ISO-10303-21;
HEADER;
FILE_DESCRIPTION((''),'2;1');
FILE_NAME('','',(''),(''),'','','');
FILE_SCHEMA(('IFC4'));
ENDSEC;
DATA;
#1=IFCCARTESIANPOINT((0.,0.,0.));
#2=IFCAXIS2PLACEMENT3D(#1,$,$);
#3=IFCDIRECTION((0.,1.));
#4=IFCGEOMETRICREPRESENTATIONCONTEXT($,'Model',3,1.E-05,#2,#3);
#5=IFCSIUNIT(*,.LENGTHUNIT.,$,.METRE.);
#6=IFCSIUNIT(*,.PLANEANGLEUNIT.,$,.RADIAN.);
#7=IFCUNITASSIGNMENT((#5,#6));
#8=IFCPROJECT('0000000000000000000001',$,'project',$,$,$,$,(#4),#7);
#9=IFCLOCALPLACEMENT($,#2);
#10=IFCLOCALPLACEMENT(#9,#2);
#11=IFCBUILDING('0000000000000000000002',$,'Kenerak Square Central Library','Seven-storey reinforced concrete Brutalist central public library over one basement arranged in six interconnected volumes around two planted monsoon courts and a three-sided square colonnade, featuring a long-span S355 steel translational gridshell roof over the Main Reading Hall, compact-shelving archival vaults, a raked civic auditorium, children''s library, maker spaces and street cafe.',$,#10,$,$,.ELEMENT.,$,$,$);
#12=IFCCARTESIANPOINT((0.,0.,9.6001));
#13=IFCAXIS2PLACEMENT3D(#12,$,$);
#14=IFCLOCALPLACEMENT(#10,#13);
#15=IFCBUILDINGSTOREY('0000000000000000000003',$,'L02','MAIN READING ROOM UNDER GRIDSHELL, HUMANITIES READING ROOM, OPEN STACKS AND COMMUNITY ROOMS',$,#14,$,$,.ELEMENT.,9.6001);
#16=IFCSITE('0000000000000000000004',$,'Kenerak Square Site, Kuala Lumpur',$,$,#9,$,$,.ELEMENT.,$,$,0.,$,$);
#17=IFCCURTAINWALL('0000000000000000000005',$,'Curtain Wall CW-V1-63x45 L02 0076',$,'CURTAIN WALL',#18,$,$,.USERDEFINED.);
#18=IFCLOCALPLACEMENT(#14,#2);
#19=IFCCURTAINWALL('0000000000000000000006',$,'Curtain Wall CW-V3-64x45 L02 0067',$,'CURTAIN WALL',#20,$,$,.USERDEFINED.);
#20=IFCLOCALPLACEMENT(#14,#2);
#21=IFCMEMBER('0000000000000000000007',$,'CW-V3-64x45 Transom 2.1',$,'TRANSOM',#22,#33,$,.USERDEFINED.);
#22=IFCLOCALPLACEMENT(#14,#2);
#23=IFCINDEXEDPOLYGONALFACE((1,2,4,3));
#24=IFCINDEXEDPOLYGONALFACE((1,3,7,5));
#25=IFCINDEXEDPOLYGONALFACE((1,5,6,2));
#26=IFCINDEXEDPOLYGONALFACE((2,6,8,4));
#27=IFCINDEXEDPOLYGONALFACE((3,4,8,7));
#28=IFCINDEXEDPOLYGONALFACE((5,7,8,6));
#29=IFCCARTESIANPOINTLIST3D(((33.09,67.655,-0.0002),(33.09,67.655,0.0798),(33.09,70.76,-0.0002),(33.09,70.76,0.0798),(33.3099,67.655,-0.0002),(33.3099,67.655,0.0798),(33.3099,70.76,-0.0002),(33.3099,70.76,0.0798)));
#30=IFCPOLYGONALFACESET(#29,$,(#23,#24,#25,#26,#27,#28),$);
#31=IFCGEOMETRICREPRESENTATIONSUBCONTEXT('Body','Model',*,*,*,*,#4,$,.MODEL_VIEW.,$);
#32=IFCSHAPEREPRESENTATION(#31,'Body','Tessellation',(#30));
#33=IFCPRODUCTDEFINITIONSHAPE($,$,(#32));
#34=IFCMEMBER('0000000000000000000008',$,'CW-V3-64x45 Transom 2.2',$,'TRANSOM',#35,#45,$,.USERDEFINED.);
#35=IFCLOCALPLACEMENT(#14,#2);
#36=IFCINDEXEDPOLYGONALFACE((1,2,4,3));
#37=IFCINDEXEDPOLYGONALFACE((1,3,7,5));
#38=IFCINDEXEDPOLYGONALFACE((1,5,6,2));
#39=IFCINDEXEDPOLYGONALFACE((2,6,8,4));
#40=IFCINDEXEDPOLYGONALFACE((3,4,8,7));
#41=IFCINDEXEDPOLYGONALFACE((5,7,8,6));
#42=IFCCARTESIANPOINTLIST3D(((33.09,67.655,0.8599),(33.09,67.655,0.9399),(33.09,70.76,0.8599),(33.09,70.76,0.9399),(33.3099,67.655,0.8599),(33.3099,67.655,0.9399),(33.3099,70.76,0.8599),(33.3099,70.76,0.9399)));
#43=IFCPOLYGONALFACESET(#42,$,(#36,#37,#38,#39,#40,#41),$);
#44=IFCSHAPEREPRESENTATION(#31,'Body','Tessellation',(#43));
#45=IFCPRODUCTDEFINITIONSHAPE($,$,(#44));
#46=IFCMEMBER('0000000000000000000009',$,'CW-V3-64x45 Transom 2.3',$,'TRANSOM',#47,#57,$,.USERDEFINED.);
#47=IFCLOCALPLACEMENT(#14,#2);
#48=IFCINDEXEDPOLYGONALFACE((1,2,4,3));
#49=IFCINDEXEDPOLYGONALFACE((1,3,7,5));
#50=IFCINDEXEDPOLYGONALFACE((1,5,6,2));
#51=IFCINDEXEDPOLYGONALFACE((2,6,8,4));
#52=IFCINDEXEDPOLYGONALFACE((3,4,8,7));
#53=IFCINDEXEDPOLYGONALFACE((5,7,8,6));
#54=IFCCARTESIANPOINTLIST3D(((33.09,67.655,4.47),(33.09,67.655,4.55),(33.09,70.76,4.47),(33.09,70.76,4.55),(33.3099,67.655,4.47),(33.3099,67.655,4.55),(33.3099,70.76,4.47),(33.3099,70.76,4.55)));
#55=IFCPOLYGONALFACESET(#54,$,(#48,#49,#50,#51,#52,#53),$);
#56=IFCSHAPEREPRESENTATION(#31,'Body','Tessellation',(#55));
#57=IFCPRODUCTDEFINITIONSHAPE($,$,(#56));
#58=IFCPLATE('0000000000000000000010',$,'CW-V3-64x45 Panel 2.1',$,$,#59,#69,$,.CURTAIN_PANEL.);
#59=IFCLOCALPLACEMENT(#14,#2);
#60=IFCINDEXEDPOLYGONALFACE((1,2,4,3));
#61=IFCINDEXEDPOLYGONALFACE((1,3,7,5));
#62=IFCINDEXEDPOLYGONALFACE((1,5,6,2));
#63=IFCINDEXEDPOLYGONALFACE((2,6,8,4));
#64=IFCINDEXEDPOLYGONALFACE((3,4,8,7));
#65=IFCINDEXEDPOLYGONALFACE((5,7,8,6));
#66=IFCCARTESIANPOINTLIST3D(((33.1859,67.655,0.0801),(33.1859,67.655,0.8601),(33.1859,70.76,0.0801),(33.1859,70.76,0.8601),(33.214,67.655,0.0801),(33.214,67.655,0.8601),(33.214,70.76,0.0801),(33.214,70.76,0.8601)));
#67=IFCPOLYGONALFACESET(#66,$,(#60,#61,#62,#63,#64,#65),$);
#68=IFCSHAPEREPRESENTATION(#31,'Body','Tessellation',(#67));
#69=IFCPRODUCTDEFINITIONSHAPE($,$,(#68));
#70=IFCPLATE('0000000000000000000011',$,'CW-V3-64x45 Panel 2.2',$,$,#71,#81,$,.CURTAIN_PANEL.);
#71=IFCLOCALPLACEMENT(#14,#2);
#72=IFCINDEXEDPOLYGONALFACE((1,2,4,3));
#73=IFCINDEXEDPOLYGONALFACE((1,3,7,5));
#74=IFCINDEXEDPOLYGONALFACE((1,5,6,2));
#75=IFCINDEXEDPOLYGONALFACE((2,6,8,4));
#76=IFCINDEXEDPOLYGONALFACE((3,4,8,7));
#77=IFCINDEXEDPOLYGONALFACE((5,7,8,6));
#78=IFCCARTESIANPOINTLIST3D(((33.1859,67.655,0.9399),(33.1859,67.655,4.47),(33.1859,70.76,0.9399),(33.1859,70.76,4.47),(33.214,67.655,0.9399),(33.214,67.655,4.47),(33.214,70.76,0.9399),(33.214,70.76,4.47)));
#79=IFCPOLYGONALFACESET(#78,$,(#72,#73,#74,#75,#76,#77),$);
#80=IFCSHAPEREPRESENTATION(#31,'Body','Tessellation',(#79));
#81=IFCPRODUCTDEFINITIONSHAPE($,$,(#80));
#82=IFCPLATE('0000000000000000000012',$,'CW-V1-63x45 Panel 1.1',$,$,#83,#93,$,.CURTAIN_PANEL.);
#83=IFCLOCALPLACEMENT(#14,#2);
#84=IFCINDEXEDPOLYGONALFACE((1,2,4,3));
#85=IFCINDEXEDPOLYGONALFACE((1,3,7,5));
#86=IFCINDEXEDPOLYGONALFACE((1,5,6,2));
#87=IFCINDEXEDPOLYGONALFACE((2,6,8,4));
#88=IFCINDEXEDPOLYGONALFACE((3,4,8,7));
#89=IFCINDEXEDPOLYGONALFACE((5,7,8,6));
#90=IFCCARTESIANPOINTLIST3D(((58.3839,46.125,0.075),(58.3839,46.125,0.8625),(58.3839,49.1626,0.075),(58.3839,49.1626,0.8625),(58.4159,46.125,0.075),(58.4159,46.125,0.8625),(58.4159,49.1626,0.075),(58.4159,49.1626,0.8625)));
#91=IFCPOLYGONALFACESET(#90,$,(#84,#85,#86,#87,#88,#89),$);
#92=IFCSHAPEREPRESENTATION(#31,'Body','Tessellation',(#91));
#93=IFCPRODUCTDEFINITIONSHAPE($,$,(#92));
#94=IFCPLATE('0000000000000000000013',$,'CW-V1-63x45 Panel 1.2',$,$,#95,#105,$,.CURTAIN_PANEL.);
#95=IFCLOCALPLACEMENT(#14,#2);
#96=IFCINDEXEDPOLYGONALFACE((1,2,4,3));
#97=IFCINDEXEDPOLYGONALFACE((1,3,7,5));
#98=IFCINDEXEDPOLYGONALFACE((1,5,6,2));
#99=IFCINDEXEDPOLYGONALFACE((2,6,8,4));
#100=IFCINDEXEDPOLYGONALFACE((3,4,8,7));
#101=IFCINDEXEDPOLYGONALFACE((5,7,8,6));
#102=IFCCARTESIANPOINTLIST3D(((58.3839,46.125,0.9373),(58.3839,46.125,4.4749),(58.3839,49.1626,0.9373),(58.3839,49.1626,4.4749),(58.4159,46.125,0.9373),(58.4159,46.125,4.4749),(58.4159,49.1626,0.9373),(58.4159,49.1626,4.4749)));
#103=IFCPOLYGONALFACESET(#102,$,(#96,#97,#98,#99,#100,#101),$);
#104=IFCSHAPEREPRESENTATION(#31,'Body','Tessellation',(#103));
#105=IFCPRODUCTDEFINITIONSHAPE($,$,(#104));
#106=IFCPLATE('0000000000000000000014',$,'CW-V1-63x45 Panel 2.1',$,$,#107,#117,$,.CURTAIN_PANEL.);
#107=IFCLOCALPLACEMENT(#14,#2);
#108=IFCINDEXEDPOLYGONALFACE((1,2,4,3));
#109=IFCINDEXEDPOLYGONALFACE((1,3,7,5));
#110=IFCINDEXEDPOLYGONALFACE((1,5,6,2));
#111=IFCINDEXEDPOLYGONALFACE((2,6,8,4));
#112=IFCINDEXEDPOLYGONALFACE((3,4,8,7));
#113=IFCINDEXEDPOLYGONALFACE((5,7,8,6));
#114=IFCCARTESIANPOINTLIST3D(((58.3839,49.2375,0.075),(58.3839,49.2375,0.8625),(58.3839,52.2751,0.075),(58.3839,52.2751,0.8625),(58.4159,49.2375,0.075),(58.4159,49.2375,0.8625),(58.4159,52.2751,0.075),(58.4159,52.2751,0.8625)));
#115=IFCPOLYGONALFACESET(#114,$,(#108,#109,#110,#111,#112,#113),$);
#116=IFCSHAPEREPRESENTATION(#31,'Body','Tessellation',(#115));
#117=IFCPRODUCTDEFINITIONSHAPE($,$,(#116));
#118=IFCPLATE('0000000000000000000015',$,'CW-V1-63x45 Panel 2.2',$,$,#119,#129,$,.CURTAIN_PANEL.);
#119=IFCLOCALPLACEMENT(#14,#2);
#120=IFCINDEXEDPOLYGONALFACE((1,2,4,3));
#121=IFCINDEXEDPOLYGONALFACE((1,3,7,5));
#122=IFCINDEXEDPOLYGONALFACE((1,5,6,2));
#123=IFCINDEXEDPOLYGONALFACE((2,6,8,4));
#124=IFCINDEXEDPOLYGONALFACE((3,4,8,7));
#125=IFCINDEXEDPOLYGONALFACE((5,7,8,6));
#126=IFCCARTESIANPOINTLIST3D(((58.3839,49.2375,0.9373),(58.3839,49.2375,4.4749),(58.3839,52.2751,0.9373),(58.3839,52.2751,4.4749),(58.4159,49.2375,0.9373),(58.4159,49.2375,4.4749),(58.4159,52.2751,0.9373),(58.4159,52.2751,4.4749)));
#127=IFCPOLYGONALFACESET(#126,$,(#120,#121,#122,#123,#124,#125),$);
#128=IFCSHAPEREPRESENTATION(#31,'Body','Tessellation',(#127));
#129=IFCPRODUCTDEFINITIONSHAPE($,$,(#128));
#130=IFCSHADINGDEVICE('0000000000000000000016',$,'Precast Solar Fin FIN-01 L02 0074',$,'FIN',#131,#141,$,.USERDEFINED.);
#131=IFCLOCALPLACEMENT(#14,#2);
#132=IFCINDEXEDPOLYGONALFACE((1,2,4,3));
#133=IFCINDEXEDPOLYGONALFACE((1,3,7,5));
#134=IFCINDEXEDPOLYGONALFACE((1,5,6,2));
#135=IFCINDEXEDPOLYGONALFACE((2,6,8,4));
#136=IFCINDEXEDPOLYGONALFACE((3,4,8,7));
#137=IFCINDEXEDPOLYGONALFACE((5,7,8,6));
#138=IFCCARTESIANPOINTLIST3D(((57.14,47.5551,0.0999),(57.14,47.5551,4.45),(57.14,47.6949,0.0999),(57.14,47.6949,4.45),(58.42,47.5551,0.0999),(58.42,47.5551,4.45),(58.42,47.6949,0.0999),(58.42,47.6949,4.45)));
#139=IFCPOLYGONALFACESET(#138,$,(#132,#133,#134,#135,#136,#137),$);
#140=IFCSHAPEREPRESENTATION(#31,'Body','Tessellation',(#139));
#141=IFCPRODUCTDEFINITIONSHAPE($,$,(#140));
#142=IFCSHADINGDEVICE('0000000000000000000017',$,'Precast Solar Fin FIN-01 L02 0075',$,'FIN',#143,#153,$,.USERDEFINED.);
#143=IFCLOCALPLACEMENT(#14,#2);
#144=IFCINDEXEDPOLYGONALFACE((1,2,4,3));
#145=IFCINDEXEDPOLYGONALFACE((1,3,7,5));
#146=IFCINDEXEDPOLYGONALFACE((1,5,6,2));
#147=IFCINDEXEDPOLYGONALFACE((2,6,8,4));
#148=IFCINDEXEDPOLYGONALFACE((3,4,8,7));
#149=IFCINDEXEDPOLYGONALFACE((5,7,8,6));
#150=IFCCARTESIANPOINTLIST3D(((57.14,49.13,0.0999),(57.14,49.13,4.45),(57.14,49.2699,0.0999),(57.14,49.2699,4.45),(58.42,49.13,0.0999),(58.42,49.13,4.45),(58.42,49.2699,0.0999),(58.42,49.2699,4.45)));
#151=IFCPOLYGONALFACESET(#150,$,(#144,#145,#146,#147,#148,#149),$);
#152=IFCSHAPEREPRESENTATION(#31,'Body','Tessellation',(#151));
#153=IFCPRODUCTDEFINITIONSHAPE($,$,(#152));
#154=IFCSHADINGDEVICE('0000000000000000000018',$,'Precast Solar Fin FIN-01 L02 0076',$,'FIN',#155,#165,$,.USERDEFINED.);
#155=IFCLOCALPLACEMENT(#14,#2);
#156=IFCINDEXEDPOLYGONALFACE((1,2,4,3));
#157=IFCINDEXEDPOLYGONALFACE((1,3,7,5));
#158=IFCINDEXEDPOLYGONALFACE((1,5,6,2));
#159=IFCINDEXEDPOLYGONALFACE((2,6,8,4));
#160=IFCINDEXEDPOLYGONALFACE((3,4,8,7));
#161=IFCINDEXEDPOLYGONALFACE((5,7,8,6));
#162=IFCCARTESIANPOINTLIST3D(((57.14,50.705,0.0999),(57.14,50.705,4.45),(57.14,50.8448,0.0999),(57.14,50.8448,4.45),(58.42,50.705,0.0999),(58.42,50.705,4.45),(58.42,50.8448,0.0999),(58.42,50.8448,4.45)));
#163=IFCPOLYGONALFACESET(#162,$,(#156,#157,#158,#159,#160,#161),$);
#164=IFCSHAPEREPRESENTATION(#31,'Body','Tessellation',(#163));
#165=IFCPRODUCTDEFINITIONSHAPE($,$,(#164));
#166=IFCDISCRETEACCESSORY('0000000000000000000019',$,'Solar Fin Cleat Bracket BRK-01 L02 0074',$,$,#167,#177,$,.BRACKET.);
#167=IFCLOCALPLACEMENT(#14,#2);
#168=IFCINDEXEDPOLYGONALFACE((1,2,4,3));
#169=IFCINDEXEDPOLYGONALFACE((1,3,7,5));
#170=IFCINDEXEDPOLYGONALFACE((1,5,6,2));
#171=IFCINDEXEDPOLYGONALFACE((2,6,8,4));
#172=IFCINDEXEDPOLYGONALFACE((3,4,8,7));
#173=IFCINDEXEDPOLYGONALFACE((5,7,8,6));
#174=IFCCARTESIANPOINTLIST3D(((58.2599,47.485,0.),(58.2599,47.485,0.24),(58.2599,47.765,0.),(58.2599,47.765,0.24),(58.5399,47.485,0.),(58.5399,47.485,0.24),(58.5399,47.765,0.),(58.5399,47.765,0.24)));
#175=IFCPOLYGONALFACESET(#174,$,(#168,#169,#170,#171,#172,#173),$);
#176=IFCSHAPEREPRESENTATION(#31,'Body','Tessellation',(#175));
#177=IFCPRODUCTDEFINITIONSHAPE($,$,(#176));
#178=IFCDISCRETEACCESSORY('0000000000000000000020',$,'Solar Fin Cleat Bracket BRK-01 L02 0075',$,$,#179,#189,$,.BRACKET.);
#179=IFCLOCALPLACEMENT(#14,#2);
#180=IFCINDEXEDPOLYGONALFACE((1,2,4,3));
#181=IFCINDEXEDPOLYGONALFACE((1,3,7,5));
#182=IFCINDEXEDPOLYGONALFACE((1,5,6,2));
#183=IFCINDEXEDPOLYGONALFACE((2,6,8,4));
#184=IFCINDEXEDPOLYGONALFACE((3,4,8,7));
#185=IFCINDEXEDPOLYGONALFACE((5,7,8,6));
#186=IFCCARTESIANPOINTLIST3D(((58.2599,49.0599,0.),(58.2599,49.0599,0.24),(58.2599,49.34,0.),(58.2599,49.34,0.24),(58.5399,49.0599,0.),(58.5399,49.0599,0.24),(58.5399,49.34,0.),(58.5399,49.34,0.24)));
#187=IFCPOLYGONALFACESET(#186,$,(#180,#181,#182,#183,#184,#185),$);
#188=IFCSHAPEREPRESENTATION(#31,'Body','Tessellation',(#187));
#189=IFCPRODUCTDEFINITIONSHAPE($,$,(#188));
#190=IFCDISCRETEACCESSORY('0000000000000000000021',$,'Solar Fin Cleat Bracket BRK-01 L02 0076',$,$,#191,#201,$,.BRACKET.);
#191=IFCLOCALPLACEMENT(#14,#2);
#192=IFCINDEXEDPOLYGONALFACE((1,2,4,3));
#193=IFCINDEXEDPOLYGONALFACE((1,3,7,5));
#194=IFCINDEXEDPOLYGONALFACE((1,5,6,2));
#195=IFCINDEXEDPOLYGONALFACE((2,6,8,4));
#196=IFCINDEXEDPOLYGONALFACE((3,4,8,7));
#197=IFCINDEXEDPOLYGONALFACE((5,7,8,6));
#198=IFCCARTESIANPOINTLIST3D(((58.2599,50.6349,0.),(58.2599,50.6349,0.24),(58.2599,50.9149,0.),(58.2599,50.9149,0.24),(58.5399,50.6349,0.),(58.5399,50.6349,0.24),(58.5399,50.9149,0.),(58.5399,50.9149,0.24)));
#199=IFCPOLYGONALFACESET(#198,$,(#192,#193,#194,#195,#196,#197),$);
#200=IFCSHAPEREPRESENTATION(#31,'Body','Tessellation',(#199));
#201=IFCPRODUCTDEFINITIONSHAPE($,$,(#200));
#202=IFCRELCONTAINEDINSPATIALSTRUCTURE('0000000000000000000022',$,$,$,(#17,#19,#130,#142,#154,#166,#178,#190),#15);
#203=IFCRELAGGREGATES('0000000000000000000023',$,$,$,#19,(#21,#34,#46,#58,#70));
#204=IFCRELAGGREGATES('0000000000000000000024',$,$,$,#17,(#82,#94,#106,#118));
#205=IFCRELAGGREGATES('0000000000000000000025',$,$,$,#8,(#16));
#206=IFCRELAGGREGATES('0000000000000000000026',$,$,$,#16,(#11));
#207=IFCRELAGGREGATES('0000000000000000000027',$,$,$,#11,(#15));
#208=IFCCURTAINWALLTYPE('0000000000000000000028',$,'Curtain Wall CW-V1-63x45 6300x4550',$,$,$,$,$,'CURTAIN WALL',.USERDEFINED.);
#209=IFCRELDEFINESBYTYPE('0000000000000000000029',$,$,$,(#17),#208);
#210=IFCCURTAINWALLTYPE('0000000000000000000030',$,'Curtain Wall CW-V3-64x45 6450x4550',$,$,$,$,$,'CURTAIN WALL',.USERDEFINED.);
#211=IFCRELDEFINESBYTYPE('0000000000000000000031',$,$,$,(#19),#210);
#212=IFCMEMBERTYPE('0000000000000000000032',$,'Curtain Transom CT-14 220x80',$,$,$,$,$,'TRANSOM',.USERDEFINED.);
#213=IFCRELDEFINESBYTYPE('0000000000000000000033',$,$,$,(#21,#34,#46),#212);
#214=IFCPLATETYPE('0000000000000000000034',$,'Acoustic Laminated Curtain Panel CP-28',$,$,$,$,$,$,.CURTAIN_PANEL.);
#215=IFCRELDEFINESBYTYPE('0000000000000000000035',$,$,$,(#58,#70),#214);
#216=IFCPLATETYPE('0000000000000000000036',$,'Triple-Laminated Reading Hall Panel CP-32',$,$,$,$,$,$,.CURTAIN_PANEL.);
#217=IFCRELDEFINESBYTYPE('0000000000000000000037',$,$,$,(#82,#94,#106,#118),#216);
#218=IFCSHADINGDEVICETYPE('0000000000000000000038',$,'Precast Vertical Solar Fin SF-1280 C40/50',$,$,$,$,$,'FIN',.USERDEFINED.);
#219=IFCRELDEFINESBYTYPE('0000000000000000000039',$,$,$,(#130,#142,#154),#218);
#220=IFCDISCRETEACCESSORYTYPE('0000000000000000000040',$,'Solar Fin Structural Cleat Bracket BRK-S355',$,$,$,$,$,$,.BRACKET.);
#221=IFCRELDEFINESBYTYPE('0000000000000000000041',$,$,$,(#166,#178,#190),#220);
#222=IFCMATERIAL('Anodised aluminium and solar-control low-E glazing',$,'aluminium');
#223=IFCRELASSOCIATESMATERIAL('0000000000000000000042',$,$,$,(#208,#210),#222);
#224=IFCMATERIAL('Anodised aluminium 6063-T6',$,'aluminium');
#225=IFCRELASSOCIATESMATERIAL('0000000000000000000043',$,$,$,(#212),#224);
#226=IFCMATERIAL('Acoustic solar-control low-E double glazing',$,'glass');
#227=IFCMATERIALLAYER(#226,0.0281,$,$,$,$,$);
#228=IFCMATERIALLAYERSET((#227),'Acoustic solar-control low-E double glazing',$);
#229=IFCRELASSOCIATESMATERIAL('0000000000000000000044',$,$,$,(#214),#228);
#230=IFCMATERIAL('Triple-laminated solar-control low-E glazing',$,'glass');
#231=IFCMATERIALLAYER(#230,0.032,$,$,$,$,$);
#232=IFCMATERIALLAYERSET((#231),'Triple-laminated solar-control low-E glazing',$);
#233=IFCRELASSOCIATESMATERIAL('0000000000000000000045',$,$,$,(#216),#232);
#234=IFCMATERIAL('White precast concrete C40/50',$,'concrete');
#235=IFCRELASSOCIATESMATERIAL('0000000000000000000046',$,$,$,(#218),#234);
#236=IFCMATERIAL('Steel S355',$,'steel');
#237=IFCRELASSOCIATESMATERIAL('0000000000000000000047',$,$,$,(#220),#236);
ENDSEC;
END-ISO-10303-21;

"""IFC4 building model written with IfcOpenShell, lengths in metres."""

from ifc_helpers import new_model, si_unit, direction, frame, origin, origin_2d, place, context, subcontext, project, spatial, rectangle, extrude, material, layer, layer_set, material_profile, profile_set, type_object, element, aggregate, save


model = new_model("IFC4")

# Units and contexts
model_context = context("Model", 3, precision=1e-05, world=origin(), true_north=direction((0.0, 1.0)))
body_context = subcontext(model_context, "Body", "Model", "MODEL_VIEW")
ifc_project = project(units=[si_unit("LENGTHUNIT", "METRE"), si_unit("PLANEANGLEUNIT", "RADIAN")], contexts=[model_context])

# Site, building, storey
site_placement = place(None, origin())
site = spatial("IfcSite", under=ifc_project, at=site_placement, Name="Kenerak Square Site, Kuala Lumpur", CompositionType="ELEMENT", RefElevation=0.0)
building_placement = place(site_placement, origin())
building = spatial("IfcBuilding", under=site, at=building_placement, Name="Kenerak Square Central Library", Description="Seven-storey reinforced concrete Brutalist central public library over one basement arranged in six interconnected volumes around two planted monsoon courts and a three-sided square colonnade, featuring a long-span S355 steel translational gridshell roof over the Main Reading Hall, compact-shelving archival vaults, a raked civic auditorium, children's library, maker spaces and street cafe.", CompositionType="ELEMENT")
storey_placement = place(building_placement, frame((0.0, 0.0, 9.6001)))
storey = spatial("IfcBuildingStorey", under=building, at=storey_placement, Name="L02", Description="MAIN READING ROOM UNDER GRIDSHELL, HUMANITIES READING ROOM, OPEN STACKS AND COMMUNITY ROOMS", CompositionType="ELEMENT", Elevation=9.6001)

# Curtain wall
ifc_material_1 = material(Name="Anodised aluminium and solar-control low-E glazing", Category="aluminium")
curtain_wall_type_1 = type_object("IfcCurtainWallType", Name="Curtain Wall CW-V1-63x45 6300x4550", ElementType="CURTAIN WALL", PredefinedType="USERDEFINED", material=ifc_material_1)
curtain_wall_1_placement = place(storey_placement, origin())
curtain_wall_1 = element("IfcCurtainWall", 1, at=curtain_wall_1_placement, inside=storey, type_object=curtain_wall_type_1, Name="Curtain Wall CW-V1-63x45 L02 0076", ObjectType="CURTAIN WALL", PredefinedType="USERDEFINED")
ifc_material_2 = material(Name="Anodised aluminium 6063-T6", Category="aluminium")

# Curtain wall
curtain_wall_type_2 = type_object("IfcCurtainWallType", Name="Curtain Wall CW-V3-64x45 6450x4550", ElementType="CURTAIN WALL", PredefinedType="USERDEFINED", material=ifc_material_1)
curtain_wall_2_placement = place(storey_placement, origin())
curtain_wall_2 = element("IfcCurtainWall", 2, at=curtain_wall_2_placement, inside=storey, type_object=curtain_wall_type_2, Name="Curtain Wall CW-V3-64x45 L02 0067", ObjectType="CURTAIN WALL", PredefinedType="USERDEFINED")

# Members
ifc_material_profile_1 = material_profile(ifc_material_2, rectangle(XDim=0.22, YDim=0.0801, at=origin_2d()), Name="AL TRANSOM 220x80")
ifc_profile_set_1 = profile_set([ifc_material_profile_1], Name="Anodised aluminium 6063-T6")
member_type_1 = type_object("IfcMemberType", Name="Curtain Transom CT-14 220x80", ElementType="TRANSOM", PredefinedType="USERDEFINED", material=ifc_profile_set_1)
member_1_placement = place(storey_placement, frame((33.2, 70.76, 0.0398), z_axis=(0.0, -1.0, 0.0), x_axis=(1.0, 0.0, 0.0)))
member_1 = element("IfcMember", 3, at=member_1_placement, type_object=member_type_1, Name="CW-V3-64x45 Transom 2.1", ObjectType="TRANSOM", PredefinedType="USERDEFINED", context=body_context, shape_type="SweptSolid", body=[
    extrude(rectangle(XDim=0.22, YDim=0.0801, at=origin_2d()), origin(), (0.0, 0.0, 1.0), 3.105),
])
member_2_placement = place(storey_placement, frame((33.2, 70.76, 0.8999), z_axis=(0.0, -1.0, 0.0), x_axis=(1.0, 0.0, 0.0)))
member_2 = element("IfcMember", 4, at=member_2_placement, type_object=member_type_1, Name="CW-V3-64x45 Transom 2.2", ObjectType="TRANSOM", PredefinedType="USERDEFINED", context=body_context, shape_type="SweptSolid", body=[
    extrude(rectangle(XDim=0.22, YDim=0.0801, at=origin_2d()), origin(), (0.0, 0.0, 1.0), 3.105),
])
member_3_placement = place(storey_placement, frame((33.2, 70.76, 4.51), z_axis=(0.0, -1.0, 0.0), x_axis=(1.0, 0.0, 0.0)))
member_3 = element("IfcMember", 5, at=member_3_placement, type_object=member_type_1, Name="CW-V3-64x45 Transom 2.3", ObjectType="TRANSOM", PredefinedType="USERDEFINED", context=body_context, shape_type="SweptSolid", body=[
    extrude(rectangle(XDim=0.22, YDim=0.0801, at=origin_2d()), origin(), (0.0, 0.0, 1.0), 3.105),
])

# Plates
ifc_material_3 = material(Name="Acoustic solar-control low-E double glazing", Category="glass")
ifc_layer_1 = layer(ifc_material_3, 0.0281)
ifc_layer_set_1 = layer_set([ifc_layer_1], Name="Acoustic solar-control low-E double glazing")
plate_type_1 = type_object("IfcPlateType", Name="Acoustic Laminated Curtain Panel CP-28", PredefinedType="CURTAIN_PANEL", material=ifc_layer_set_1)
plate_1_placement = place(storey_placement, frame((33.2, 69.2075, 0.0801), z_axis=(0.0, 0.0, 1.0), x_axis=(0.0, -1.0, 0.0)))
plate_1 = element("IfcPlate", 6, at=plate_1_placement, type_object=plate_type_1, Name="CW-V3-64x45 Panel 2.1", PredefinedType="CURTAIN_PANEL", context=body_context, shape_type="SweptSolid", body=[
    extrude(rectangle(XDim=3.105, YDim=0.0281, at=origin_2d()), origin(), (0.0, 0.0, 1.0), 0.78),
])
plate_2_placement = place(storey_placement, frame((33.2, 69.2075, 0.9399), z_axis=(0.0, 0.0, 1.0), x_axis=(0.0, -1.0, 0.0)))
plate_2 = element("IfcPlate", 7, at=plate_2_placement, type_object=plate_type_1, Name="CW-V3-64x45 Panel 2.2", PredefinedType="CURTAIN_PANEL", context=body_context, shape_type="SweptSolid", body=[
    extrude(rectangle(XDim=3.105, YDim=0.0281, at=origin_2d()), origin(), (0.0, 0.0, 1.0), 3.53),
])
aggregate(curtain_wall_2, [member_1, member_2, member_3, plate_1, plate_2])
ifc_material_4 = material(Name="Triple-laminated solar-control low-E glazing", Category="glass")
ifc_layer_2 = layer(ifc_material_4, 0.032)
ifc_layer_set_2 = layer_set([ifc_layer_2], Name="Triple-laminated solar-control low-E glazing")
plate_type_2 = type_object("IfcPlateType", Name="Triple-Laminated Reading Hall Panel CP-32", PredefinedType="CURTAIN_PANEL", material=ifc_layer_set_2)
plate_3_placement = place(storey_placement, frame((58.3999, 47.6438, 0.075), z_axis=(0.0, 0.0, 1.0), x_axis=(0.0, 1.0, 0.0)))
plate_3 = element("IfcPlate", 8, at=plate_3_placement, type_object=plate_type_2, Name="CW-V1-63x45 Panel 1.1", PredefinedType="CURTAIN_PANEL", context=body_context, shape_type="SweptSolid", body=[
    extrude(rectangle(XDim=3.0376, YDim=0.032, at=origin_2d()), origin(), (0.0, 0.0, 1.0), 0.7876),
])
plate_4_placement = place(storey_placement, frame((58.3999, 47.6438, 0.9373), z_axis=(0.0, 0.0, 1.0), x_axis=(0.0, 1.0, 0.0)))
plate_4 = element("IfcPlate", 9, at=plate_4_placement, type_object=plate_type_2, Name="CW-V1-63x45 Panel 1.2", PredefinedType="CURTAIN_PANEL", context=body_context, shape_type="SweptSolid", body=[
    extrude(rectangle(XDim=3.0376, YDim=0.032, at=origin_2d()), origin(), (0.0, 0.0, 1.0), 3.5376),
])
plate_5_placement = place(storey_placement, frame((58.3999, 50.7563, 0.075), z_axis=(0.0, 0.0, 1.0), x_axis=(0.0, 1.0, 0.0)))
plate_5 = element("IfcPlate", 10, at=plate_5_placement, type_object=plate_type_2, Name="CW-V1-63x45 Panel 2.1", PredefinedType="CURTAIN_PANEL", context=body_context, shape_type="SweptSolid", body=[
    extrude(rectangle(XDim=3.0376, YDim=0.032, at=origin_2d()), origin(), (0.0, 0.0, 1.0), 0.7876),
])
plate_6_placement = place(storey_placement, frame((58.3999, 50.7563, 0.9373), z_axis=(0.0, 0.0, 1.0), x_axis=(0.0, 1.0, 0.0)))
plate_6 = element("IfcPlate", 11, at=plate_6_placement, type_object=plate_type_2, Name="CW-V1-63x45 Panel 2.2", PredefinedType="CURTAIN_PANEL", context=body_context, shape_type="SweptSolid", body=[
    extrude(rectangle(XDim=3.0376, YDim=0.032, at=origin_2d()), origin(), (0.0, 0.0, 1.0), 3.5376),
])
aggregate(curtain_wall_1, [plate_3, plate_4, plate_5, plate_6])

# Shading devices
ifc_material_5 = material(Name="White precast concrete C40/50", Category="concrete")
shading_device_type = type_object("IfcShadingDeviceType", Name="Precast Vertical Solar Fin SF-1280 C40/50", ElementType="FIN", PredefinedType="USERDEFINED", material=ifc_material_5)
for number, where, z_axis, x_axis, name in (
    (12, (57.78, 47.625, 0.0999), (0.0, 0.0, 1.0), (0.0, 1.0, 0.0), "Precast Solar Fin FIN-01 L02 0074"),
    (13, (57.78, 49.2, 0.0999), (0.0, 0.0, 1.0), (0.0, 1.0, 0.0), "Precast Solar Fin FIN-01 L02 0075"),
    (14, (57.78, 50.7749, 0.0999), (0.0, 0.0, 1.0), (0.0, 1.0, 0.0), "Precast Solar Fin FIN-01 L02 0076"),
):
    element("IfcShadingDevice", number, at=place(storey_placement, frame(where, z_axis=z_axis, x_axis=x_axis)), inside=storey, type_object=shading_device_type, Name=name, ObjectType="FIN", PredefinedType="USERDEFINED", context=body_context, shape_type="SweptSolid", body=[
        extrude(rectangle(XDim=0.1399, YDim=1.28, at=origin_2d()), origin(), (0.0, 0.0, 1.0), 4.3501),
    ])

# Discrete accessories
ifc_material_6 = material(Name="Steel S355", Category="steel")
discrete_accessory_type = type_object("IfcDiscreteAccessoryType", Name="Solar Fin Structural Cleat Bracket BRK-S355", PredefinedType="BRACKET", material=ifc_material_6)
for number, where, z_axis, x_axis, name in (
    (15, (58.3999, 47.625, 0.0), (0.0, 0.0, 1.0), (0.0, 1.0, 0.0), "Solar Fin Cleat Bracket BRK-01 L02 0074"),
    (16, (58.3999, 49.2, 0.0), (0.0, 0.0, 1.0), (0.0, 1.0, 0.0), "Solar Fin Cleat Bracket BRK-01 L02 0075"),
    (17, (58.3999, 50.7749, 0.0), (0.0, 0.0, 1.0), (0.0, 1.0, 0.0), "Solar Fin Cleat Bracket BRK-01 L02 0076"),
):
    element("IfcDiscreteAccessory", number, at=place(storey_placement, frame(where, z_axis=z_axis, x_axis=x_axis)), inside=storey, type_object=discrete_accessory_type, Name=name, PredefinedType="BRACKET", context=body_context, shape_type="SweptSolid", body=[
        extrude(rectangle(XDim=0.28, YDim=0.28, at=origin_2d()), origin(), (0.0, 0.0, 1.0), 0.24),
    ])

save(model, "model.ifc")
